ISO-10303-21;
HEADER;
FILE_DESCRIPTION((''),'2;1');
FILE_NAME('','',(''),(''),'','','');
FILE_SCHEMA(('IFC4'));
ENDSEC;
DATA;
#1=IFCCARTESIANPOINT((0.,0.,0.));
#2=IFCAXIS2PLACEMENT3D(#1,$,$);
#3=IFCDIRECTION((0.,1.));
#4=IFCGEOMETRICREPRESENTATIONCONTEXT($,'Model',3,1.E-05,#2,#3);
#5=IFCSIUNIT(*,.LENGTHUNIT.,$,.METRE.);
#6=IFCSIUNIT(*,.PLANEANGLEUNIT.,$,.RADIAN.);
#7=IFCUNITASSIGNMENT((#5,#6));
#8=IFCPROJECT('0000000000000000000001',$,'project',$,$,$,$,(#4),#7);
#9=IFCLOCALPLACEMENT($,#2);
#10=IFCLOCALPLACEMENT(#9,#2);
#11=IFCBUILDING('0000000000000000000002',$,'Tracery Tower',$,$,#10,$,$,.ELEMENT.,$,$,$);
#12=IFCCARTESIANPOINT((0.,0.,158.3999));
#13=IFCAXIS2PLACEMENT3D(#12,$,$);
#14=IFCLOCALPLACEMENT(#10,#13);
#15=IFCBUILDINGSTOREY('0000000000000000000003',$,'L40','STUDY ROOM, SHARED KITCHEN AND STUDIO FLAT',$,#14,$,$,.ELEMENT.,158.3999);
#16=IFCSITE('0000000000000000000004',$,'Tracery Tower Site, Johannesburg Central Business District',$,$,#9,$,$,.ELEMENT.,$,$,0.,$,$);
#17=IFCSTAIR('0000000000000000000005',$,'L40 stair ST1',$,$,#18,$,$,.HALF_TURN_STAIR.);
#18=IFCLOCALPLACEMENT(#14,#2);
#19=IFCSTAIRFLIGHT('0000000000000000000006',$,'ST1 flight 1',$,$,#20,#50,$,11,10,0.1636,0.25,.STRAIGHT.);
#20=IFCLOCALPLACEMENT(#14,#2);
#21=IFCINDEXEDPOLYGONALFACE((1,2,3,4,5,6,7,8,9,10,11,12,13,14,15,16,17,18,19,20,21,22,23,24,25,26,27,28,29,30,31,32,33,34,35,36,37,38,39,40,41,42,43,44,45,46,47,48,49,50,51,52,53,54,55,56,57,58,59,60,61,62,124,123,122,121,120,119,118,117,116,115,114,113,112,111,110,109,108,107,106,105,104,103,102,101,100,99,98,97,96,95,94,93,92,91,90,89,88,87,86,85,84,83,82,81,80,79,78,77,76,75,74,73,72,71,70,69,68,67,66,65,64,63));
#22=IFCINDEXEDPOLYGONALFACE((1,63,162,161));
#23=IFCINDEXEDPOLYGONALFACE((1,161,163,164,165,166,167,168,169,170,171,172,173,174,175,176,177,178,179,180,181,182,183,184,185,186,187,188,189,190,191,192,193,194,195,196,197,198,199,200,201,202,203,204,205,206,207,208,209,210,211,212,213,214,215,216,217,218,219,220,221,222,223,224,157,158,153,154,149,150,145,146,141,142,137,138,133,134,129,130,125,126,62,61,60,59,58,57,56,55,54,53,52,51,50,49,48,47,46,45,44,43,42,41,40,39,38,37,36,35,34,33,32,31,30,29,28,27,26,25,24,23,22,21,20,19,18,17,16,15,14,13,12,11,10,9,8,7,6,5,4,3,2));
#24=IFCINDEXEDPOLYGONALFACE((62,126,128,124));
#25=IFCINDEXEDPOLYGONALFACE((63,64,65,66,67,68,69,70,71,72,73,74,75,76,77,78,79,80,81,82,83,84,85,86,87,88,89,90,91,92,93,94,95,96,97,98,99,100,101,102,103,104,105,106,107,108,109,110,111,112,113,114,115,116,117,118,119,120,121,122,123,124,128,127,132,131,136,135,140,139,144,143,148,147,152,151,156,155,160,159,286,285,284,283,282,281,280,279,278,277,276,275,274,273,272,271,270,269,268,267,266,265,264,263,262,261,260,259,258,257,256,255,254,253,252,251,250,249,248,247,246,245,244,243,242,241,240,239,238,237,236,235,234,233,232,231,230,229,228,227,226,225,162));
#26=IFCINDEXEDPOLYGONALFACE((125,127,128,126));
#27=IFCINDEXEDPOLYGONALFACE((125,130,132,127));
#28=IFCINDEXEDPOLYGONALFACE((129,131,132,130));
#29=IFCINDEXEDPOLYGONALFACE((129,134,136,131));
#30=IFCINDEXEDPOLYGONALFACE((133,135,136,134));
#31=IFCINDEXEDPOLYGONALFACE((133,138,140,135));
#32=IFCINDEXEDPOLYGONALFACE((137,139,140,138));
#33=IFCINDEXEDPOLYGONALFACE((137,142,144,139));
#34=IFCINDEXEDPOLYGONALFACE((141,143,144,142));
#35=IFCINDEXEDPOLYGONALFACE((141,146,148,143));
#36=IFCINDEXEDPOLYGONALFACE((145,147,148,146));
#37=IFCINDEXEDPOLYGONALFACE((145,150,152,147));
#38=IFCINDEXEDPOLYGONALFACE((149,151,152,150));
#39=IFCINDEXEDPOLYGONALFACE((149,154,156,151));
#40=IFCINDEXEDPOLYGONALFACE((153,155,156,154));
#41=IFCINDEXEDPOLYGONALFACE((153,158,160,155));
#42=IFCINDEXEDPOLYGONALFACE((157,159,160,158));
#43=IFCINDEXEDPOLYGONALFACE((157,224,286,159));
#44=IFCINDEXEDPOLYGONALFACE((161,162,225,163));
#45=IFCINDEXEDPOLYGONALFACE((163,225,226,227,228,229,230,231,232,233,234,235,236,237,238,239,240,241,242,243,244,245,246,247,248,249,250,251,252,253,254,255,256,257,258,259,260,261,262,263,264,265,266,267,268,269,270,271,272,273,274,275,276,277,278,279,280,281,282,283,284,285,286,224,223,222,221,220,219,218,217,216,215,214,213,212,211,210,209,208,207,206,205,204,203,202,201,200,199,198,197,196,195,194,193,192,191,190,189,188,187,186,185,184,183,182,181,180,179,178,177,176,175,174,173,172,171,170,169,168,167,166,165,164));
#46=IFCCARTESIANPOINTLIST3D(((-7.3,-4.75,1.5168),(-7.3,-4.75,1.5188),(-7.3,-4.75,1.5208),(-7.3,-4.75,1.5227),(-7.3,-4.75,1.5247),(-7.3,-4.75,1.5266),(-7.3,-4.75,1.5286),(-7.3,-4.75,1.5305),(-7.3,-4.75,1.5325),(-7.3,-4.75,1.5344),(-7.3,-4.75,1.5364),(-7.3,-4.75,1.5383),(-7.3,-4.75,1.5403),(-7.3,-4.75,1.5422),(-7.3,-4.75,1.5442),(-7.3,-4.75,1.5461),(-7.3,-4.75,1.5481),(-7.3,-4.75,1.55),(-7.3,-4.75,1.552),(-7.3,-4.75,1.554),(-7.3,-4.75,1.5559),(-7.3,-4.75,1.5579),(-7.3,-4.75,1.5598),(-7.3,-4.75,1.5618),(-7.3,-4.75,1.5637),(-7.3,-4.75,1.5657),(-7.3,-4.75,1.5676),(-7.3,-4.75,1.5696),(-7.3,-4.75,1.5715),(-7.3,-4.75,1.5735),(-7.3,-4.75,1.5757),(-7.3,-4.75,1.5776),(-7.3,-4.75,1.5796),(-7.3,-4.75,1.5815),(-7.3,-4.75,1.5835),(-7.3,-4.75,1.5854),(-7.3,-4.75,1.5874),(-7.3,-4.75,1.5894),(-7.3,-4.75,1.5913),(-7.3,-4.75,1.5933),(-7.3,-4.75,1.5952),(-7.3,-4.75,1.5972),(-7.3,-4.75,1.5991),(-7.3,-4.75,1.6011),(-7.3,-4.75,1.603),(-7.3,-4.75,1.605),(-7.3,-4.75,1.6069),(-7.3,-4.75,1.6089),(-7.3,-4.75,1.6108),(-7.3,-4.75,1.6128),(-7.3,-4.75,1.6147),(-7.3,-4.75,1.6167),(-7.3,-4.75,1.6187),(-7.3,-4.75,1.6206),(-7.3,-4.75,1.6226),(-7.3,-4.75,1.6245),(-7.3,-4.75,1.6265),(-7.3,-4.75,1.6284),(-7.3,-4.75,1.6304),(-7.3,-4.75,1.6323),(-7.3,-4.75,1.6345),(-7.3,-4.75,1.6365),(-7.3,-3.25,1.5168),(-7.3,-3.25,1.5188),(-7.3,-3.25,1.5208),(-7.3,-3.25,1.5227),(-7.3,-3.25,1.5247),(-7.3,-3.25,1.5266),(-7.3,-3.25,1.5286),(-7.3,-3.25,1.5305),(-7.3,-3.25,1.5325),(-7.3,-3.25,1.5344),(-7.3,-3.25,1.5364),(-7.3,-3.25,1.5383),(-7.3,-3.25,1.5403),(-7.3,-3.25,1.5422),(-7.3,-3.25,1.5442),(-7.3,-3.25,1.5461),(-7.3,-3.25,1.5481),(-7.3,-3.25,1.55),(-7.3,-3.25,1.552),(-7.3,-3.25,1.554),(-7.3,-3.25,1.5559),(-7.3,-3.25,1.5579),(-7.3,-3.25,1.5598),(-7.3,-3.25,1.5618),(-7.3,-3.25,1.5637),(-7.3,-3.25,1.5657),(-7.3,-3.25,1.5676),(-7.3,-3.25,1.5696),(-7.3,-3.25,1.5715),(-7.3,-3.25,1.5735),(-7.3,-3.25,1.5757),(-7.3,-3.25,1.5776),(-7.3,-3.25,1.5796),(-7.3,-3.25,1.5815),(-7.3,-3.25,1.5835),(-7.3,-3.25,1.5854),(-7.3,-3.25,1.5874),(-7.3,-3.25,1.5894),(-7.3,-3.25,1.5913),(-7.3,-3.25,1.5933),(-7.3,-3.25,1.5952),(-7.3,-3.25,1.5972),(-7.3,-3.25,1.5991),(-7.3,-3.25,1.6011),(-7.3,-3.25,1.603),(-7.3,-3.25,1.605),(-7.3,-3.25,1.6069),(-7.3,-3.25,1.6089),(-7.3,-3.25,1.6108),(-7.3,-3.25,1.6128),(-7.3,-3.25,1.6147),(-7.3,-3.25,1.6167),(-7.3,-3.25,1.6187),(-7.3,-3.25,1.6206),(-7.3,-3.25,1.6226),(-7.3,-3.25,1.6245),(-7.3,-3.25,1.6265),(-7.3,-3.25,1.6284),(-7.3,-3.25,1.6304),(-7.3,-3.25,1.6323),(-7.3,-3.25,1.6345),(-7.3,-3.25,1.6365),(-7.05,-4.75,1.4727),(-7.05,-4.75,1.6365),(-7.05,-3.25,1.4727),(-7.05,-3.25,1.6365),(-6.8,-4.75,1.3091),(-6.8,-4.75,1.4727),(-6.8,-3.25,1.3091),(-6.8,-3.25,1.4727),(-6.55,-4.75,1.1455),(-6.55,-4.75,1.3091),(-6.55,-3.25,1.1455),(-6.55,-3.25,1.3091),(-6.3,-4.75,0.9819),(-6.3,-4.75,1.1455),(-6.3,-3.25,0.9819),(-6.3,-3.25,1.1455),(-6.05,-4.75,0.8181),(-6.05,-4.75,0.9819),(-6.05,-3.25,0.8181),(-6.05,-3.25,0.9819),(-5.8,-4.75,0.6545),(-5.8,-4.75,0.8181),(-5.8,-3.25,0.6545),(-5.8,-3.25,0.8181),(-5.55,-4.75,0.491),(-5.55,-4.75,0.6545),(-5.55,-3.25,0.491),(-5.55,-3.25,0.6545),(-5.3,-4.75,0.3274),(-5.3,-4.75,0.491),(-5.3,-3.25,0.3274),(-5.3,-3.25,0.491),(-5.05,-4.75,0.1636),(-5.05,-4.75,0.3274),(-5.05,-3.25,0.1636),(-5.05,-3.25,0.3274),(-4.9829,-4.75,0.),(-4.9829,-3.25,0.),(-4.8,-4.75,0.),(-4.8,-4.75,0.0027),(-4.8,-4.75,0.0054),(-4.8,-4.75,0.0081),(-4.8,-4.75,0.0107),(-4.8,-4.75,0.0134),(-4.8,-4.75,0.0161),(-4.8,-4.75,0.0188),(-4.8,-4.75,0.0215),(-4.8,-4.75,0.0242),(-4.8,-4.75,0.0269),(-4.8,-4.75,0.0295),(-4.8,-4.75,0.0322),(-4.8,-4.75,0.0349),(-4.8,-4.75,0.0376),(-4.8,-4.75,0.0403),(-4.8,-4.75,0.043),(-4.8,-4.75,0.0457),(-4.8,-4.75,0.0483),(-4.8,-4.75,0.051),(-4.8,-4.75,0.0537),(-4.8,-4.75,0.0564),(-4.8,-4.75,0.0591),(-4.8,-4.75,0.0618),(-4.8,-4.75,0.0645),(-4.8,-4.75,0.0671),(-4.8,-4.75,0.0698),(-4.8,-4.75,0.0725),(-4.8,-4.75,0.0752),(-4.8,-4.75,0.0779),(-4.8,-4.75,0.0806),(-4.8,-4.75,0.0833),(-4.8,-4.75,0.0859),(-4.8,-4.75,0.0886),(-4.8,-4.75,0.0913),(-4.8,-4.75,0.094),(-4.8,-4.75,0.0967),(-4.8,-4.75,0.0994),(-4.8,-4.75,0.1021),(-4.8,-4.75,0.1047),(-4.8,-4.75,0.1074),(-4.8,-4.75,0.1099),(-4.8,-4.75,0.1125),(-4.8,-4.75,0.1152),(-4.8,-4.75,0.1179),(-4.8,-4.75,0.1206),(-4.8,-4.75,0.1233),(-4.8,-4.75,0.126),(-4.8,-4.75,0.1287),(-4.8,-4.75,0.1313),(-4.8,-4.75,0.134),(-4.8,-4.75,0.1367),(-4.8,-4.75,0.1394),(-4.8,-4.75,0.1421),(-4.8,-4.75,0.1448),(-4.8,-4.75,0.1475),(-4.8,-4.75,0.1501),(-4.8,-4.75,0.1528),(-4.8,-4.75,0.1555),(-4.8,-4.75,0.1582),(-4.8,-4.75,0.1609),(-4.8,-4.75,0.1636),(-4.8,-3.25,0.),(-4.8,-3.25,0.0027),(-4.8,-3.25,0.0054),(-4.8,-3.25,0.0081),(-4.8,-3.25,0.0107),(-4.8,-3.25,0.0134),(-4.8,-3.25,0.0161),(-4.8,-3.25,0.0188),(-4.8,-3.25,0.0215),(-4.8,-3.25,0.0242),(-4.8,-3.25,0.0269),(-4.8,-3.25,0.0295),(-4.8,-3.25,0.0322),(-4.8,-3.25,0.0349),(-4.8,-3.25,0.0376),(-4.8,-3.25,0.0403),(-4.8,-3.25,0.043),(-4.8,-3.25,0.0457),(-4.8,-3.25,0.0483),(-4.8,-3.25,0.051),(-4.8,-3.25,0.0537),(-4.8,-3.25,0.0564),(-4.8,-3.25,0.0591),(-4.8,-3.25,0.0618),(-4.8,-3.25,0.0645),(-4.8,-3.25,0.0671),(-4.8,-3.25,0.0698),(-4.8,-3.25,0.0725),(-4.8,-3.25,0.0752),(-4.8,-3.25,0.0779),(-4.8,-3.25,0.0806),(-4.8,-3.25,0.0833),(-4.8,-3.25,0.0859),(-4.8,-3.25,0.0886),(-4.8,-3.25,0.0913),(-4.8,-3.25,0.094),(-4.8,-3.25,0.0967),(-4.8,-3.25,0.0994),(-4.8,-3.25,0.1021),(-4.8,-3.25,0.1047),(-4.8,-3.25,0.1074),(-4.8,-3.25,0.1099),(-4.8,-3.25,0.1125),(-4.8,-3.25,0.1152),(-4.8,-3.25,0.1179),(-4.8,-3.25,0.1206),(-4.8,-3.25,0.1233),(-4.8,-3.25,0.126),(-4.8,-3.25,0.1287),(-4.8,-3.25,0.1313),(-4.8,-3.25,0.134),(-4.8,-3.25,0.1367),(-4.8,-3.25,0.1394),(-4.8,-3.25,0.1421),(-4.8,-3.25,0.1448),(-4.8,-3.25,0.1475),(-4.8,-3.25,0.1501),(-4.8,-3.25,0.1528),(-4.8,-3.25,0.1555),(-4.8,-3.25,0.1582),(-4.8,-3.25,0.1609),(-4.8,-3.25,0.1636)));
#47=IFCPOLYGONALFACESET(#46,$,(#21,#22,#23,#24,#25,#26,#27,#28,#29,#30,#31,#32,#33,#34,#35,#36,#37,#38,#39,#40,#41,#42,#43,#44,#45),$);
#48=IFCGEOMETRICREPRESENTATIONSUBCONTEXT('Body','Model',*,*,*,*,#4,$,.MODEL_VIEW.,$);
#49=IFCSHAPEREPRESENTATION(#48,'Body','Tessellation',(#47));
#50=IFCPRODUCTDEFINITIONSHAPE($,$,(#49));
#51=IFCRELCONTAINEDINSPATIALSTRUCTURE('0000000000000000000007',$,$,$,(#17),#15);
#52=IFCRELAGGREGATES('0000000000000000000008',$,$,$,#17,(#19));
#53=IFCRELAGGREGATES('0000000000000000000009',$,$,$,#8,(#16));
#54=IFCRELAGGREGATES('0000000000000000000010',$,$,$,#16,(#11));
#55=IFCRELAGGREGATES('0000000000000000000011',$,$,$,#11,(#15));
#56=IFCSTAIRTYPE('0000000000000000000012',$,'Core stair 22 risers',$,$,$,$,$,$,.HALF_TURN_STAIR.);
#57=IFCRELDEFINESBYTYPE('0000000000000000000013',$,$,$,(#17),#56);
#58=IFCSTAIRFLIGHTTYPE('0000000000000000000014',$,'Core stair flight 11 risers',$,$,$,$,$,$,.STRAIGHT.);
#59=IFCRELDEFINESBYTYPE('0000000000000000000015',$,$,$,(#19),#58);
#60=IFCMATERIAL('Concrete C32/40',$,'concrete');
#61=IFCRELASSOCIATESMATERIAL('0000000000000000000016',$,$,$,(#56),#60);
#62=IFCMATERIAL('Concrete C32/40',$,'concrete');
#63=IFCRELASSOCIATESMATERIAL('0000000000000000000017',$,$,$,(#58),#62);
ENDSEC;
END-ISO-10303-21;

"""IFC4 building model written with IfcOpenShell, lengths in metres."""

from ifc_helpers import new_model, si_unit, direction, frame, origin, place, context, subcontext, project, spatial, polyline, outline, extrude, material, type_object, element, aggregate, save


model = new_model("IFC4")

# Units and contexts
model_context = context("Model", 3, precision=1e-05, world=origin(), true_north=direction((0.0, 1.0)))
body_context = subcontext(model_context, "Body", "Model", "MODEL_VIEW")
ifc_project = project(units=[si_unit("LENGTHUNIT", "METRE"), si_unit("PLANEANGLEUNIT", "RADIAN")], contexts=[model_context])

# Site, building, storey
site_placement = place(None, origin())
site = spatial("IfcSite", under=ifc_project, at=site_placement, Name="Tracery Tower Site, Johannesburg Central Business District", CompositionType="ELEMENT", RefElevation=0.0)
building_placement = place(site_placement, origin())
building = spatial("IfcBuilding", under=site, at=building_placement, Name="Tracery Tower", CompositionType="ELEMENT")
storey_placement = place(building_placement, frame((0.0, 0.0, 158.3999)))
storey = spatial("IfcBuildingStorey", under=building, at=storey_placement, Name="L40", Description="STUDY ROOM, SHARED KITCHEN AND STUDIO FLAT", CompositionType="ELEMENT", Elevation=158.3999)

# Stair, stair flight
ifc_material_1 = material(Name="Concrete C32/40", Category="concrete")
stair_type = type_object("IfcStairType", Name="Core stair 22 risers", PredefinedType="HALF_TURN_STAIR", material=ifc_material_1)
stair_placement = place(storey_placement, origin())
stair = element("IfcStair", 1, at=stair_placement, inside=storey, type_object=stair_type, Name="L40 stair ST1", PredefinedType="HALF_TURN_STAIR")
ifc_material_2 = material(Name="Concrete C32/40", Category="concrete")
stair_flight_type = type_object("IfcStairFlightType", Name="Core stair flight 11 risers", PredefinedType="STRAIGHT", material=ifc_material_2)
stair_flight_1_placement = place(storey_placement, frame((-4.8, -4.0, 0.0), z_axis=(0.0, 0.0, 1.0), x_axis=(-1.0, 0.0, 0.0)))
stair_flight_1 = element("IfcStairFlight", 2, at=stair_flight_1_placement, type_object=stair_flight_type, Name="ST1 flight 1", NumberOfRisers=11, NumberOfTreads=10, PredefinedType="STRAIGHT", RiserHeight=0.1636, TreadLength=0.25, context=body_context, shape_type="SweptSolid", body=[
    extrude(outline(polyline([(0.0, 0.0), (0.0, 0.0027), (0.0, 0.0054), (0.0, 0.0081), (0.0, 0.0107), (0.0, 0.0134), (0.0, 0.0161), (0.0, 0.0188), (0.0, 0.0215), (0.0, 0.0242), (0.0, 0.0269), (0.0, 0.0295), (0.0, 0.0322), (0.0, 0.0349), (0.0, 0.0376), (0.0, 0.0403), (0.0, 0.043), (0.0, 0.0457), (0.0, 0.0483), (0.0, 0.051), (0.0, 0.0537), (0.0, 0.0564), (0.0, 0.0591), (0.0, 0.0618), (0.0, 0.0645), (0.0, 0.0671), (0.0, 0.0698), (0.0, 0.0725), (0.0, 0.0752), (0.0, 0.0779), (0.0, 0.0806), (0.0, 0.0833), (0.0, 0.0859), (0.0, 0.0886), (0.0, 0.0913), (0.0, 0.094), (0.0, 0.0967), (0.0, 0.0994), (0.0, 0.1021), (0.0, 0.1047), (0.0, 0.1074), (0.0, 0.1099), (0.0, 0.1125), (0.0, 0.1152), (0.0, 0.1179), (0.0, 0.1206), (0.0, 0.1233), (0.0, 0.126), (0.0, 0.1287), (0.0, 0.1313), (0.0, 0.134), (0.0, 0.1367), (0.0, 0.1394), (0.0, 0.1421), (0.0, 0.1448), (0.0, 0.1475), (0.0, 0.1501), (0.0, 0.1528), (0.0, 0.1555), (0.0, 0.1582), (0.0, 0.1609), (0.0, 0.1636), (0.25, 0.1636), (0.25, 0.3274), (0.5, 0.3274), (0.5, 0.491), (0.75, 0.491), (0.75, 0.6545), (1.0, 0.6545), (1.0, 0.8181), (1.25, 0.8181), (1.25, 0.9819), (1.5, 0.9819), (1.5, 1.1455), (1.75, 1.1455), (1.75, 1.3091), (2.0, 1.3091), (2.0, 1.4727), (2.25, 1.4727), (2.25, 1.6365), (2.5, 1.6365), (2.5, 1.6345), (2.5, 1.6323), (2.5, 1.6304), (2.5, 1.6284), (2.5, 1.6265), (2.5, 1.6245), (2.5, 1.6226), (2.5, 1.6206), (2.5, 1.6187), (2.5, 1.6167), (2.5, 1.6147), (2.5, 1.6128), (2.5, 1.6108), (2.5, 1.6089), (2.5, 1.6069), (2.5, 1.605), (2.5, 1.603), (2.5, 1.6011), (2.5, 1.5991), (2.5, 1.5972), (2.5, 1.5952), (2.5, 1.5933), (2.5, 1.5913), (2.5, 1.5894), (2.5, 1.5874), (2.5, 1.5854), (2.5, 1.5835), (2.5, 1.5815), (2.5, 1.5796), (2.5, 1.5776), (2.5, 1.5757), (2.5, 1.5735), (2.5, 1.5715), (2.5, 1.5696), (2.5, 1.5676), (2.5, 1.5657), (2.5, 1.5637), (2.5, 1.5618), (2.5, 1.5598), (2.5, 1.5579), (2.5, 1.5559), (2.5, 1.554), (2.5, 1.552), (2.5, 1.55), (2.5, 1.5481), (2.5, 1.5461), (2.5, 1.5442), (2.5, 1.5422), (2.5, 1.5403), (2.5, 1.5383), (2.5, 1.5364), (2.5, 1.5344), (2.5, 1.5325), (2.5, 1.5305), (2.5, 1.5286), (2.5, 1.5266), (2.5, 1.5247), (2.5, 1.5227), (2.5, 1.5208), (2.5, 1.5188), (2.5, 1.5168), (0.1829, 0.0), (0.0, 0.0)])), frame((0.0, 0.75, 0.0), z_axis=(0.0, -1.0, 0.0), x_axis=(1.0, 0.0, 0.0)), (0.0, 0.0, 1.0), 1.5),
])
aggregate(stair, [stair_flight_1])

save(model, "model.ifc")
